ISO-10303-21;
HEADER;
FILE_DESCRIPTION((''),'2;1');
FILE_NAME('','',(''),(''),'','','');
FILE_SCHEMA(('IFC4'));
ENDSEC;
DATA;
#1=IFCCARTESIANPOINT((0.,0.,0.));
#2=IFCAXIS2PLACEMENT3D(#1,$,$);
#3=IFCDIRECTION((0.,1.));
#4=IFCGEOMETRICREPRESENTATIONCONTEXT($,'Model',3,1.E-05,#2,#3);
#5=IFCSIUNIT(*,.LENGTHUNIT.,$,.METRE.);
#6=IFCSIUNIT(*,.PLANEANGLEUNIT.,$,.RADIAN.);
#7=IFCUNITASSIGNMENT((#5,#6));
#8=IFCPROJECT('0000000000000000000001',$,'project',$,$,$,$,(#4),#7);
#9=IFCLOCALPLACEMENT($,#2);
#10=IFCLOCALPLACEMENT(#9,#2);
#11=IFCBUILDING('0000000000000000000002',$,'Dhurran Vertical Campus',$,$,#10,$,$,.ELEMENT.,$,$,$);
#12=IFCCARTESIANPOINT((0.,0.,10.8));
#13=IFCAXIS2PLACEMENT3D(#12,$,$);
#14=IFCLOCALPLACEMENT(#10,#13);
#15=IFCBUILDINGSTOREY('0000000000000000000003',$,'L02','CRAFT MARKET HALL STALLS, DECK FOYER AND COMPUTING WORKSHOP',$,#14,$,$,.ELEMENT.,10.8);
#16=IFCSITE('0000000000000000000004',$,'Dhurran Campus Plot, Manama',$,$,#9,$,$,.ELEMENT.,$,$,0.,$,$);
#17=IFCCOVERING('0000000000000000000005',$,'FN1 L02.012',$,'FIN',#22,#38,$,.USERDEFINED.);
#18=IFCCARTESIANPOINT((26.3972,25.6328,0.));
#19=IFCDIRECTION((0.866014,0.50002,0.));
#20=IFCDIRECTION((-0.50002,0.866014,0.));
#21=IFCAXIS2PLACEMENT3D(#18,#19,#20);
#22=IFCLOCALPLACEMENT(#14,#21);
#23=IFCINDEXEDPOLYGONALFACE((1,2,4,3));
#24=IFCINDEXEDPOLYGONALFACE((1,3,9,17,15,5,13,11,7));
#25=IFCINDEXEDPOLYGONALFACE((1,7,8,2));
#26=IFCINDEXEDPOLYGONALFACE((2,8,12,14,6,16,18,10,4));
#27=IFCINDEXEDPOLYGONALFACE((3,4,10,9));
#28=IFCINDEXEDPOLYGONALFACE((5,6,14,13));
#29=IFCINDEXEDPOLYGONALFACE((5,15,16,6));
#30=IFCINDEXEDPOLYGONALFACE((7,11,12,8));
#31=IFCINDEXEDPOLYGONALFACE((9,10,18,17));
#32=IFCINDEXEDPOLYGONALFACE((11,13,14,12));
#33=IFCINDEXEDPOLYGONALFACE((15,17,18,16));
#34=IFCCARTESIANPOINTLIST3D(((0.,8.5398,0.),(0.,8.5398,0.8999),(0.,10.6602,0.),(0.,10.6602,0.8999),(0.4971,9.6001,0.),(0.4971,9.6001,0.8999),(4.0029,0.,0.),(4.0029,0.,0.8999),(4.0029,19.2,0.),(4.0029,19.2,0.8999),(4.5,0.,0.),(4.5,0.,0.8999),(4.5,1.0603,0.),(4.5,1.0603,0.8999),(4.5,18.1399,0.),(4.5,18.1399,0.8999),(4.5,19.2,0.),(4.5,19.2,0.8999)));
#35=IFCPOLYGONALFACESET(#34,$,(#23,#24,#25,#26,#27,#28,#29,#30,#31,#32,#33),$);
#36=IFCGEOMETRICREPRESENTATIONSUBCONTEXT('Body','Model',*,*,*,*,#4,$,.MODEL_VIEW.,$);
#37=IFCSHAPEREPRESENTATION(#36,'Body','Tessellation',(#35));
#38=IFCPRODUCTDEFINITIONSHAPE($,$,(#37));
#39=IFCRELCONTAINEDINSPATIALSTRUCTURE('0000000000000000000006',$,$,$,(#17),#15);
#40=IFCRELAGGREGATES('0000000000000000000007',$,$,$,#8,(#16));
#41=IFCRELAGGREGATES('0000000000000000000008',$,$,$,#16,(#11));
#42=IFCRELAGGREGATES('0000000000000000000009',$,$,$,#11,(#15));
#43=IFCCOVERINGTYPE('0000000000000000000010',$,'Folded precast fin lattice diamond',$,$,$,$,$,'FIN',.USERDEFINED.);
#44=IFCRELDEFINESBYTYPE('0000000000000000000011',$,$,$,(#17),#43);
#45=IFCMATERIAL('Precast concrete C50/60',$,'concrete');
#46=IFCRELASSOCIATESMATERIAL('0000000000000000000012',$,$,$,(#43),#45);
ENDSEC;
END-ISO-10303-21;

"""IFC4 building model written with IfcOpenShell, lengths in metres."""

from ifc_helpers import new_model, si_unit, direction, frame, origin, place, context, subcontext, project, spatial, polyline, outline, extrude, material, type_object, element, save


model = new_model("IFC4")

# Units and contexts
model_context = context("Model", 3, precision=1e-05, world=origin(), true_north=direction((0.0, 1.0)))
body_context = subcontext(model_context, "Body", "Model", "MODEL_VIEW")
ifc_project = project(units=[si_unit("LENGTHUNIT", "METRE"), si_unit("PLANEANGLEUNIT", "RADIAN")], contexts=[model_context])

# Site, building, storey
site_placement = place(None, origin())
site = spatial("IfcSite", under=ifc_project, at=site_placement, Name="Dhurran Campus Plot, Manama", CompositionType="ELEMENT", RefElevation=0.0)
building_placement = place(site_placement, origin())
building = spatial("IfcBuilding", under=site, at=building_placement, Name="Dhurran Vertical Campus", CompositionType="ELEMENT")
storey_placement = place(building_placement, frame((0.0, 0.0, 10.8)))
storey = spatial("IfcBuildingStorey", under=building, at=storey_placement, Name="L02", Description="CRAFT MARKET HALL STALLS, DECK FOYER AND COMPUTING WORKSHOP", CompositionType="ELEMENT", Elevation=10.8)

# Covering
ifc_material_1 = material(Name="Precast concrete C50/60", Category="concrete")
covering_type = type_object("IfcCoveringType", Name="Folded precast fin lattice diamond", ElementType="FIN", PredefinedType="USERDEFINED", material=ifc_material_1)
covering_1_placement = place(storey_placement, frame((26.3972, 25.6328, 0.0), z_axis=(0.866014, 0.50002, 0.0), x_axis=(-0.50002, 0.866014, 0.0)))
element("IfcCovering", 1, at=covering_1_placement, inside=storey, type_object=covering_type, Name="FN1 L02.012", ObjectType="FIN", PredefinedType="USERDEFINED", context=body_context, shape_type="SweptSolid", body=[
    extrude(outline(polyline([(4.0029, 0.0), (0.0, 8.5398), (0.0, 10.6602), (4.0029, 19.2), (4.5, 19.2), (4.5, 18.1399), (0.4971, 9.6001), (4.5, 1.0603), (4.5, 0.0), (4.0029, 0.0)])), origin(), (0.0, 0.0, 1.0), 0.8999),
])

save(model, "model.ifc")
